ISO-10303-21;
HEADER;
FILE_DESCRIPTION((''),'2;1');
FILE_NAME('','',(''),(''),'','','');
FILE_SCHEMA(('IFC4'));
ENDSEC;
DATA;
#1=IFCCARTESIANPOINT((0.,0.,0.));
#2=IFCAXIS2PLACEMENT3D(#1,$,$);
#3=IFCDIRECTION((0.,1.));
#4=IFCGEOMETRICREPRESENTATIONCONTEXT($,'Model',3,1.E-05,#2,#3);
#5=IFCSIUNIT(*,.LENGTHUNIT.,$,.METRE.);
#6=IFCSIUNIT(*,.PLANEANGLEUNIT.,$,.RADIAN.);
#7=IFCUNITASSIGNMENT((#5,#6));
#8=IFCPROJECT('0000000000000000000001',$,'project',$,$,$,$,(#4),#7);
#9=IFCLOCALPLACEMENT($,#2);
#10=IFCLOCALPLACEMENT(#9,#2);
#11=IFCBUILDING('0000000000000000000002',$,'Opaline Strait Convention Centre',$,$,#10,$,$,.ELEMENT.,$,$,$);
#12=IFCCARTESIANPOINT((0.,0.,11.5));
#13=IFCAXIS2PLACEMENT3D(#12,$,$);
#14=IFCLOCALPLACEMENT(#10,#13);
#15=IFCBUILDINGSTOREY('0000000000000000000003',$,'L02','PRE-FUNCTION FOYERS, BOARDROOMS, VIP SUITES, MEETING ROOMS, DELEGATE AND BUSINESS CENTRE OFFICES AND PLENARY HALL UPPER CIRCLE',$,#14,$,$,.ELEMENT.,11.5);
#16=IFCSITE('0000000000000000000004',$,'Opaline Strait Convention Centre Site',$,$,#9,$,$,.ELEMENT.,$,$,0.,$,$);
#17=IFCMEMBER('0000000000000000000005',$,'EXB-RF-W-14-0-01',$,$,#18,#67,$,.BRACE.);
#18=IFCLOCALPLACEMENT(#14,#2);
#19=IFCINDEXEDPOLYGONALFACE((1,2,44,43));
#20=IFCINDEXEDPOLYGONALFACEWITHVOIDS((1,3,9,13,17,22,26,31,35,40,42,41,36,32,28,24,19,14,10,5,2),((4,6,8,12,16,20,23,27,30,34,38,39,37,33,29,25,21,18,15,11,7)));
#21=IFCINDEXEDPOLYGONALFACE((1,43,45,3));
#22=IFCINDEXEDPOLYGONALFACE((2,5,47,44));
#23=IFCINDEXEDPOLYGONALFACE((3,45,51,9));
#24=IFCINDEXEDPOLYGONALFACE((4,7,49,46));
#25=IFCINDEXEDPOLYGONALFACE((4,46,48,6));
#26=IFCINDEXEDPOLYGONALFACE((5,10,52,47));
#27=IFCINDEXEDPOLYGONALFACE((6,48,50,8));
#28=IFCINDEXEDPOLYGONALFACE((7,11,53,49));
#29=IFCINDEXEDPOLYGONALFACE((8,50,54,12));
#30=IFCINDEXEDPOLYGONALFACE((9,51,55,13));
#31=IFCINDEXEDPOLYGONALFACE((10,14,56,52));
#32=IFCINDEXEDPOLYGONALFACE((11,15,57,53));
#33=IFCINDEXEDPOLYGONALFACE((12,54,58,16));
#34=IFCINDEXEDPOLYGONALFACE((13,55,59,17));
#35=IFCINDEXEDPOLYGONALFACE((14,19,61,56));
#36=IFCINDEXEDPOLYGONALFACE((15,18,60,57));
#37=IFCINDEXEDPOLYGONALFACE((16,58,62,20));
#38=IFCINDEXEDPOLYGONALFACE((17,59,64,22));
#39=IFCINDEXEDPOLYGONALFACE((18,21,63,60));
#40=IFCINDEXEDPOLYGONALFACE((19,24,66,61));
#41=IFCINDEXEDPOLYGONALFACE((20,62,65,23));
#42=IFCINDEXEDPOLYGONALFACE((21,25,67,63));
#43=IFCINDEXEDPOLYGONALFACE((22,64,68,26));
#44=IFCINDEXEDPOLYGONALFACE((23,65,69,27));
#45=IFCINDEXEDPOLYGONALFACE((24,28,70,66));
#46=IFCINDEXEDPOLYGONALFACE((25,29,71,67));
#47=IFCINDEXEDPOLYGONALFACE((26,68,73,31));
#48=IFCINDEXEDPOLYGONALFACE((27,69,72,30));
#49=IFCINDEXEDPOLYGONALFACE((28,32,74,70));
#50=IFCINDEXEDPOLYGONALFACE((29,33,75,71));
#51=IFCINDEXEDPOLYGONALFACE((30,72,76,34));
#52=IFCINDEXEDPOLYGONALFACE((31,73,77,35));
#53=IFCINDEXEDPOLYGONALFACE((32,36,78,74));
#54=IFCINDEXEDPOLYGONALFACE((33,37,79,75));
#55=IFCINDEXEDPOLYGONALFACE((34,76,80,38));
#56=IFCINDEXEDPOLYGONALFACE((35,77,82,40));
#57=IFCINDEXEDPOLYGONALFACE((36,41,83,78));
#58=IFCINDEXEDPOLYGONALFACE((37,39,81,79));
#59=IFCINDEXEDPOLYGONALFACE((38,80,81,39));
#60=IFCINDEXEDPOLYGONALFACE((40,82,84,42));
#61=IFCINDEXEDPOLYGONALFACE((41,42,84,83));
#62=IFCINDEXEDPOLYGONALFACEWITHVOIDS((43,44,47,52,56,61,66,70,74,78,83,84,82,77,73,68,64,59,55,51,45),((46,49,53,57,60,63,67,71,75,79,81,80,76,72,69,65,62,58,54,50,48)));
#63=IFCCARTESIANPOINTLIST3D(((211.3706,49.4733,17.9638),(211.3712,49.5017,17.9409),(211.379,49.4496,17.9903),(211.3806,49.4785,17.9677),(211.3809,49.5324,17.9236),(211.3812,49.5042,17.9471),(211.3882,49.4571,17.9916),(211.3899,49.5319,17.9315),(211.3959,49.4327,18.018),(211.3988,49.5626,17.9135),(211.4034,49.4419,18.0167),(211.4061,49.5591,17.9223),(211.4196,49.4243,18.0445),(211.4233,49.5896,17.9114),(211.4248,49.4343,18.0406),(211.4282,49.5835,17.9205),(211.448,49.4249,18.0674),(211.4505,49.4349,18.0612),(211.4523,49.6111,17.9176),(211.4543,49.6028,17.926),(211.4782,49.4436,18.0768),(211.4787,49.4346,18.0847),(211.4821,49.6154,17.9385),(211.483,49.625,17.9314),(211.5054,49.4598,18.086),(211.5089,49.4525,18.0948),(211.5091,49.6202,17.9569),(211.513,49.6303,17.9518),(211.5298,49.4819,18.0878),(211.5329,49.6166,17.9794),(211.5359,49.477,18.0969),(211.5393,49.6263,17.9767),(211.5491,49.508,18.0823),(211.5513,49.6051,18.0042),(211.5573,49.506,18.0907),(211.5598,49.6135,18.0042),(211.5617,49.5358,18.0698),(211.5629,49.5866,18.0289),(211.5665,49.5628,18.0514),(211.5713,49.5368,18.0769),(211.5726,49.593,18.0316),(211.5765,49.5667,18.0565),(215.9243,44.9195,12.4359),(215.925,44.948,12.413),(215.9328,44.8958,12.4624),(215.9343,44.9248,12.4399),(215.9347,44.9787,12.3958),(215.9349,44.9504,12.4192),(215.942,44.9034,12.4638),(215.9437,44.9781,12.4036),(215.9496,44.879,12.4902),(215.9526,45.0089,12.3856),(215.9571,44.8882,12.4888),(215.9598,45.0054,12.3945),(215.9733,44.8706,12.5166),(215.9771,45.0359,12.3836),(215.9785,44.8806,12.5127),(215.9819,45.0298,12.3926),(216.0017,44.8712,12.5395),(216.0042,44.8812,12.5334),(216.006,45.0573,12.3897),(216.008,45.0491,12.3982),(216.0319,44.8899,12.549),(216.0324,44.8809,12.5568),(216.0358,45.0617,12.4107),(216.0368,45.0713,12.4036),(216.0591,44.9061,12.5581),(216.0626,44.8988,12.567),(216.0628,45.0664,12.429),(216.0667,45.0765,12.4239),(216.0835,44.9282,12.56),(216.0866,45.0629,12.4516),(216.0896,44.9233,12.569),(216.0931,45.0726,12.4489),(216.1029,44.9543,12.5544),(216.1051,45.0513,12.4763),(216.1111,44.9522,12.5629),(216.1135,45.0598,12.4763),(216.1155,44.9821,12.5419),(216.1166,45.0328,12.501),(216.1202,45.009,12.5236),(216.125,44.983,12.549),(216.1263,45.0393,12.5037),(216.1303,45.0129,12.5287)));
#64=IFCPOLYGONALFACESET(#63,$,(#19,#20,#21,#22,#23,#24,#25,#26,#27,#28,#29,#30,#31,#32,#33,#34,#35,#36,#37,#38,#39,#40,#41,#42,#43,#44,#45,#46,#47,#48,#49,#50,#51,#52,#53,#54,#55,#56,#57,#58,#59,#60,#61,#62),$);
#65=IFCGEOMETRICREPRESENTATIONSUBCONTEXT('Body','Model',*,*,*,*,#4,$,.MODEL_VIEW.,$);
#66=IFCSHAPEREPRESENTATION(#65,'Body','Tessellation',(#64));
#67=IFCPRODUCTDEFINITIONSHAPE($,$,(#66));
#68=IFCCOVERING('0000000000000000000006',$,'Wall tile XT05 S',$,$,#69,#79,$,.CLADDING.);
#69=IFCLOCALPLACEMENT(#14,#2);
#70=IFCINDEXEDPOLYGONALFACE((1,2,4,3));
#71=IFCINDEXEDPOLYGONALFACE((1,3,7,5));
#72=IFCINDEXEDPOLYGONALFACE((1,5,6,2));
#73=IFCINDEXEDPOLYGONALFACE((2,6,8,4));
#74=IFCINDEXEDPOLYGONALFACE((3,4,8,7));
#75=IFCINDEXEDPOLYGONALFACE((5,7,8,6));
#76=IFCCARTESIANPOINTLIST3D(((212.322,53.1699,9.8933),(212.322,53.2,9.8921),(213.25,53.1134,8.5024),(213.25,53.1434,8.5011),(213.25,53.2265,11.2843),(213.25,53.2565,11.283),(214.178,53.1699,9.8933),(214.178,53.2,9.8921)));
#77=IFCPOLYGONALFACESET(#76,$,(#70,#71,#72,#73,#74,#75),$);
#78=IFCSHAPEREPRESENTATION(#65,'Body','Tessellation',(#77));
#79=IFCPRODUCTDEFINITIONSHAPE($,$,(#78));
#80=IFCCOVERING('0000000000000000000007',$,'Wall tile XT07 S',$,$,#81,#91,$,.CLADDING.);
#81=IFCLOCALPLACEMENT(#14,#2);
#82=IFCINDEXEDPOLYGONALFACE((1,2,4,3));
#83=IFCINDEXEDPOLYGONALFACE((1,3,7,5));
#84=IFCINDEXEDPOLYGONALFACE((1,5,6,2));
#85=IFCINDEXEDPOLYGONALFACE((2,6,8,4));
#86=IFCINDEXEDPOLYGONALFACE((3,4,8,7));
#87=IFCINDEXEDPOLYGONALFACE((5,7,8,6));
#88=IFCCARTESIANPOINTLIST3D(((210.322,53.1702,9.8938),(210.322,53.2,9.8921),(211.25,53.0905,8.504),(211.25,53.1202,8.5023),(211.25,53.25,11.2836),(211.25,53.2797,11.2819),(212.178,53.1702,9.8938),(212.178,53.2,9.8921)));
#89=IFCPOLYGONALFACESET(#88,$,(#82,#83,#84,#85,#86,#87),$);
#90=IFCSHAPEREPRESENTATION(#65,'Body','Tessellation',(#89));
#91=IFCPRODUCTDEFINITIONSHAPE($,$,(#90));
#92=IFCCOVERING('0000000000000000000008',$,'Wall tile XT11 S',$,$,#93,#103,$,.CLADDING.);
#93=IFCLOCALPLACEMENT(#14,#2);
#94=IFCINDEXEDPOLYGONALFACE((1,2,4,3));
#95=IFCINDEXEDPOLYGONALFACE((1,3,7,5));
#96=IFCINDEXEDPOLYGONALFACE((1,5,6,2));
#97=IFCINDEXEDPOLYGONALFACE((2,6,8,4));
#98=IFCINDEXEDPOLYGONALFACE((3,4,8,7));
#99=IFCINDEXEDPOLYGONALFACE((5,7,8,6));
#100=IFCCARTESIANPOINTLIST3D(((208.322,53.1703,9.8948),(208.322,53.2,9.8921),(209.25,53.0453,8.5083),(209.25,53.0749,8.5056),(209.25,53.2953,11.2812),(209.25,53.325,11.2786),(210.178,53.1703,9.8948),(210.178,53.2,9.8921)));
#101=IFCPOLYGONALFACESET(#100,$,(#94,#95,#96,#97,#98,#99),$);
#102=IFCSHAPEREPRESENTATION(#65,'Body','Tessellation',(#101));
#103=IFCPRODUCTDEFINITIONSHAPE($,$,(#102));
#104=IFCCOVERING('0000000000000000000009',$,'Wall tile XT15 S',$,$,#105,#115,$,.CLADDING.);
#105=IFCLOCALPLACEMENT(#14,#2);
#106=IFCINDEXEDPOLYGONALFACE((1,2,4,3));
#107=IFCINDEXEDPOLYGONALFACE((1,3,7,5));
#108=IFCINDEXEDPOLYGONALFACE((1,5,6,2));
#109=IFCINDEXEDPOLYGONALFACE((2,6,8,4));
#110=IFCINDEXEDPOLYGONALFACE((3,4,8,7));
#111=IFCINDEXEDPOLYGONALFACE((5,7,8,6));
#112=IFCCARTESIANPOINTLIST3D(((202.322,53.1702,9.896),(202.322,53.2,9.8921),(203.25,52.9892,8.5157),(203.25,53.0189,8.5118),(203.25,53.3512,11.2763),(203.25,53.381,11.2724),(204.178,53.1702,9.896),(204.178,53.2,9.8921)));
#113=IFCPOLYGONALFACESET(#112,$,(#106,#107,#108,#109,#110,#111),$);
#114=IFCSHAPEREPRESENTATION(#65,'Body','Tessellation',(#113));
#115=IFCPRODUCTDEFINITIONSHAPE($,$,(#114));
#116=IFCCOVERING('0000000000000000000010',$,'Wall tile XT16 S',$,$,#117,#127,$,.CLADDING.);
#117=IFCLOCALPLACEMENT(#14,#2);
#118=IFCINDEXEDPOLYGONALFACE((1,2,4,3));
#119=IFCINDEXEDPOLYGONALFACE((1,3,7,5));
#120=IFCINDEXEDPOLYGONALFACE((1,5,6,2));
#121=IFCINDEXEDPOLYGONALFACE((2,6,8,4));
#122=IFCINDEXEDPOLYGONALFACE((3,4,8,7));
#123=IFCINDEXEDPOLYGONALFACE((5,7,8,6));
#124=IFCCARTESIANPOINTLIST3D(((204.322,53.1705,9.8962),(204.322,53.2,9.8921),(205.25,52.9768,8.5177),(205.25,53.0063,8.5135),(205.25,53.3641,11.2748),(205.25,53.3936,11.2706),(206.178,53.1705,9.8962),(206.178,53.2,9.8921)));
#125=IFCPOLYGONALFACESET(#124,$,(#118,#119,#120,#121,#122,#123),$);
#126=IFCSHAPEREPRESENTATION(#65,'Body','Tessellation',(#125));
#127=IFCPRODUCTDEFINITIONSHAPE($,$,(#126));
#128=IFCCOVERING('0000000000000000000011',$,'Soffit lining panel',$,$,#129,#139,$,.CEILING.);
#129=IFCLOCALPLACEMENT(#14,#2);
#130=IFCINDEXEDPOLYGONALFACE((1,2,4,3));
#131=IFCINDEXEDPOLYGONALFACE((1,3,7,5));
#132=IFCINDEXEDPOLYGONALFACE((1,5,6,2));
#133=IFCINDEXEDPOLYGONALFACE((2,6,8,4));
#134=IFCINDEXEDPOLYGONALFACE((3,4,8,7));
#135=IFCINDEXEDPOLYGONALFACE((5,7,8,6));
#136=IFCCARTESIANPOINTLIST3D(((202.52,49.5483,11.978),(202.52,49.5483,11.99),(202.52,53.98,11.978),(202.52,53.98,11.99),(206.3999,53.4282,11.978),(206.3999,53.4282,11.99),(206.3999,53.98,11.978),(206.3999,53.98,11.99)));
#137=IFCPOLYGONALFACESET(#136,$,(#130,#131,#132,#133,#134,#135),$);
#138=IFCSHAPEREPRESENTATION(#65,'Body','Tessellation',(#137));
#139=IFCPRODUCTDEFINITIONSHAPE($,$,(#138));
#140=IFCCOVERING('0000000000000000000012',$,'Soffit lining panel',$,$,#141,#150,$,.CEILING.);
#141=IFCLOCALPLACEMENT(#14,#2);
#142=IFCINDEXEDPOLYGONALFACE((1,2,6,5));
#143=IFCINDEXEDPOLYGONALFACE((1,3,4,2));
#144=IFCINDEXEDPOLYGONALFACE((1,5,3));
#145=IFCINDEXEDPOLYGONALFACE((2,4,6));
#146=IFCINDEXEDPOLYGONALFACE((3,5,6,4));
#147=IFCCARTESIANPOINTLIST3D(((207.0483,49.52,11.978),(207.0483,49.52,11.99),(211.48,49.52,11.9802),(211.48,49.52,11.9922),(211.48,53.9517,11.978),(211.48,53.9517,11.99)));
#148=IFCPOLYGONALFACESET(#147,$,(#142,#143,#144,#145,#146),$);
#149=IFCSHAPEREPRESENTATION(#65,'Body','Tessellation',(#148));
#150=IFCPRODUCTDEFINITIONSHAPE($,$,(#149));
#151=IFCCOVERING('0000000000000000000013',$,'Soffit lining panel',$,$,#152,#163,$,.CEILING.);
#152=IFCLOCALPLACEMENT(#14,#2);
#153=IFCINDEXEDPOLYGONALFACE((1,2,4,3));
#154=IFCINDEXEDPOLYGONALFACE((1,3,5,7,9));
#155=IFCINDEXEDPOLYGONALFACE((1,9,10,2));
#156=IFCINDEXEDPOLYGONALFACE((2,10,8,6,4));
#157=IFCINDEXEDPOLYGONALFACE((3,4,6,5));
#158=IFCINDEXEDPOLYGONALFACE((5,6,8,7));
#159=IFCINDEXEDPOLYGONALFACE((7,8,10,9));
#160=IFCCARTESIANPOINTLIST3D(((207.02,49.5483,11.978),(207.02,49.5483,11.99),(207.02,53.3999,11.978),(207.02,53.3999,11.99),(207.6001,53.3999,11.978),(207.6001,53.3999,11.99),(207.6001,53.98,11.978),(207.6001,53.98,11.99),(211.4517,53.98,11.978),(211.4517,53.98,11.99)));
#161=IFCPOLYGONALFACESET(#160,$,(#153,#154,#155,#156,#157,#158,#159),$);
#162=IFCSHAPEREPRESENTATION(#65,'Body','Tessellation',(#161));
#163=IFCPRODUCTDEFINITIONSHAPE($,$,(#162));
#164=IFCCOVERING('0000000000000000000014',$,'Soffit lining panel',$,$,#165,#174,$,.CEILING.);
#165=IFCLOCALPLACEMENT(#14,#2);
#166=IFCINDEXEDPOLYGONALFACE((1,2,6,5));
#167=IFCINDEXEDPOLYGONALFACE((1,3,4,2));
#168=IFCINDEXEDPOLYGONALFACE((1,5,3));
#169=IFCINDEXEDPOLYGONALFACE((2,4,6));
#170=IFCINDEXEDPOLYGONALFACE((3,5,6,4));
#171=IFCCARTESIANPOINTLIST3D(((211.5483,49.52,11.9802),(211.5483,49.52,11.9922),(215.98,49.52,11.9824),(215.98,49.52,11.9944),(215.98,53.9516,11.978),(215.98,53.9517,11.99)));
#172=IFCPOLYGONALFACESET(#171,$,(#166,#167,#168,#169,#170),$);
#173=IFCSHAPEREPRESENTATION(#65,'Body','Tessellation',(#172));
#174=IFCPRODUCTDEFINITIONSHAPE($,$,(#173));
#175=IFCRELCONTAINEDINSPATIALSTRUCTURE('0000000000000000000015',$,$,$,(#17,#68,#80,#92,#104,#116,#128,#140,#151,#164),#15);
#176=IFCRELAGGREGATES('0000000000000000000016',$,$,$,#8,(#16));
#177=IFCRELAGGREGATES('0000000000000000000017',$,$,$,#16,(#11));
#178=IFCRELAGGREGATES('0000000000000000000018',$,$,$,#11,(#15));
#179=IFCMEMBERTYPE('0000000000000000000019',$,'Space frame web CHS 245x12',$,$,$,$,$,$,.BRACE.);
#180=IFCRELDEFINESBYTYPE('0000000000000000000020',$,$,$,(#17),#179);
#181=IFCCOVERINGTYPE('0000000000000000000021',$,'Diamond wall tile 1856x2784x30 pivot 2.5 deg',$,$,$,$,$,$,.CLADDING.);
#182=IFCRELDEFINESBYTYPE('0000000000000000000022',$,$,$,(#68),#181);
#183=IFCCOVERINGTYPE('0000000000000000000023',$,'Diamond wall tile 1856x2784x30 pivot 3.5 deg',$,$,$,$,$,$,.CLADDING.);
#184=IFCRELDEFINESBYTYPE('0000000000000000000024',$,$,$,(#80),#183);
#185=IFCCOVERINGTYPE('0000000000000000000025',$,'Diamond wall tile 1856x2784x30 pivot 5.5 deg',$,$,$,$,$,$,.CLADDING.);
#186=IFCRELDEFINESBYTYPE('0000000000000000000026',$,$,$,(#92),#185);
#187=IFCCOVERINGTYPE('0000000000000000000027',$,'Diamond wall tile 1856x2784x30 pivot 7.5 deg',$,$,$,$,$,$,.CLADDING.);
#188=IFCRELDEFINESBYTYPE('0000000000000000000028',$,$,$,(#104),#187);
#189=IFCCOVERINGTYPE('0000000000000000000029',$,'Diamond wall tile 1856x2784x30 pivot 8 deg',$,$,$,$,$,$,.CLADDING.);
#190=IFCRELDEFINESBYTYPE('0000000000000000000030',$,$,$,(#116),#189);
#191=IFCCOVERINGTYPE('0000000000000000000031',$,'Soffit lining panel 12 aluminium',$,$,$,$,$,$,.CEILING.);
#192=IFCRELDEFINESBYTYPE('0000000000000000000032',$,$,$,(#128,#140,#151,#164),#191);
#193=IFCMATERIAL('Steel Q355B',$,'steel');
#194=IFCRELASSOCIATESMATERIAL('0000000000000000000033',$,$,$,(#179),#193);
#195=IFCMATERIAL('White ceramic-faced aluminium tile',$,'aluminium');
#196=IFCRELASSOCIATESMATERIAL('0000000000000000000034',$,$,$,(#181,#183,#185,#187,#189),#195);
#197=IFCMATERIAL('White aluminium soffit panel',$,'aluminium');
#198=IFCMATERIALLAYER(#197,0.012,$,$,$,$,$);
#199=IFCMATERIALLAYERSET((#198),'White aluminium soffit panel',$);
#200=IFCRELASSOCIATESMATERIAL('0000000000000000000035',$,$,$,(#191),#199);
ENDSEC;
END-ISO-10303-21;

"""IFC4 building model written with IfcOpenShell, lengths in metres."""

from ifc_helpers import new_model, si_unit, direction, frame, origin, origin_2d, place, context, subcontext, project, spatial, polyline, hollow_circle, outline, extrude, material, layer, layer_set, material_profile, profile_set, type_object, element, save


model = new_model("IFC4")

# Units and contexts
model_context = context("Model", 3, precision=1e-05, world=origin(), true_north=direction((0.0, 1.0)))
body_context = subcontext(model_context, "Body", "Model", "MODEL_VIEW")
ifc_project = project(units=[si_unit("LENGTHUNIT", "METRE"), si_unit("PLANEANGLEUNIT", "RADIAN")], contexts=[model_context])

# Site, building, storey
site_placement = place(None, origin())
site = spatial("IfcSite", under=ifc_project, at=site_placement, Name="Opaline Strait Convention Centre Site", CompositionType="ELEMENT", RefElevation=0.0)
building_placement = place(site_placement, origin())
building = spatial("IfcBuilding", under=site, at=building_placement, Name="Opaline Strait Convention Centre", CompositionType="ELEMENT")
storey_placement = place(building_placement, frame((0.0, 0.0, 11.5)))
storey = spatial("IfcBuildingStorey", under=building, at=storey_placement, Name="L02", Description="PRE-FUNCTION FOYERS, BOARDROOMS, VIP SUITES, MEETING ROOMS, DELEGATE AND BUSINESS CENTRE OFFICES AND PLENARY HALL UPPER CIRCLE", CompositionType="ELEMENT", Elevation=11.5)

# Member
ifc_material_1 = material(Name="Steel Q355B", Category="steel")
ifc_material_profile_1 = material_profile(ifc_material_1, hollow_circle(Radius=0.1226, WallThickness=0.012, at=origin_2d()), Name="CHS 245x12")
ifc_profile_set_1 = profile_set([ifc_material_profile_1], Name="Steel Q355B")
member_type_1 = type_object("IfcMemberType", Name="Space frame web CHS 245x12", PredefinedType="BRACE", material=ifc_profile_set_1)
member_1_placement = place(storey_placement, frame((211.4731, 49.5269, 18.0042), z_axis=(0.53655, -0.53655, -0.651328), x_axis=(0.707107, 0.707107, 0.0)))
element("IfcMember", 1, at=member_1_placement, inside=storey, type_object=member_type_1, Name="EXB-RF-W-14-0-01", PredefinedType="BRACE", context=body_context, shape_type="SweptSolid", body=[
    extrude(hollow_circle(Radius=0.1226, WallThickness=0.012, at=origin_2d()), origin(), (0.0, 0.0, 1.0), 8.4871),
])

# Coverings
ifc_material_2 = material(Name="White ceramic-faced aluminium tile", Category="aluminium")
ifc_material_profile_2 = material_profile(ifc_material_2, outline(polyline([(0.928, 0.0), (0.0, 1.3921), (-0.928, 0.0), (0.0, -1.3921), (0.928, 0.0)])), Name="Diamond tile 1856x2784")
ifc_profile_set_2 = profile_set([ifc_material_profile_2], Name="White ceramic-faced aluminium tile")
covering_type_1 = type_object("IfcCoveringType", Name="Diamond wall tile 1856x2784x30 pivot 2.5 deg", PredefinedType="CLADDING", material=ifc_profile_set_2)
covering_1_placement = place(storey_placement, frame((213.25, 53.2, 9.8921), z_axis=(0.0, -0.999175, 0.040617), x_axis=(1.0, 0.0, 0.0)))
element("IfcCovering", 2, at=covering_1_placement, inside=storey, type_object=covering_type_1, Name="Wall tile XT05 S", PredefinedType="CLADDING", context=body_context, shape_type="SweptSolid", body=[
    extrude(outline(polyline([(0.928, 0.0), (0.0, 1.3921), (-0.928, 0.0), (0.0, -1.3921), (0.928, 0.0)])), origin(), (0.0, 0.0, 1.0), 0.03),
])
ifc_material_profile_3 = material_profile(ifc_material_2, outline(polyline([(0.928, 0.0), (0.0, 1.3921), (-0.928, 0.0), (0.0, -1.3921), (0.928, 0.0)])), Name="Diamond tile 1856x2784")
ifc_profile_set_3 = profile_set([ifc_material_profile_3], Name="White ceramic-faced aluminium tile")
covering_type_2 = type_object("IfcCoveringType", Name="Diamond wall tile 1856x2784x30 pivot 3.5 deg", PredefinedType="CLADDING", material=ifc_profile_set_3)
covering_2_placement = place(storey_placement, frame((211.25, 53.2, 9.8921), z_axis=(0.0, -0.998358, 0.057283), x_axis=(1.0, 0.0, 0.0)))
element("IfcCovering", 3, at=covering_2_placement, inside=storey, type_object=covering_type_2, Name="Wall tile XT07 S", PredefinedType="CLADDING", context=body_context, shape_type="SweptSolid", body=[
    extrude(outline(polyline([(0.928, 0.0), (0.0, 1.3921), (-0.928, 0.0), (0.0, -1.3921), (0.928, 0.0)])), origin(), (0.0, 0.0, 1.0), 0.0298),
])
ifc_material_profile_4 = material_profile(ifc_material_2, outline(polyline([(0.928, 0.0), (0.0, 1.3921), (-0.928, 0.0), (0.0, -1.3921), (0.928, 0.0)])), Name="Diamond tile 1856x2784")
ifc_profile_set_4 = profile_set([ifc_material_profile_4], Name="White ceramic-faced aluminium tile")
covering_type_3 = type_object("IfcCoveringType", Name="Diamond wall tile 1856x2784x30 pivot 5.5 deg", PredefinedType="CLADDING", material=ifc_profile_set_4)
covering_3_placement = place(storey_placement, frame((209.25, 53.2, 9.8921), z_axis=(0.0, -0.99596, 0.0898), x_axis=(1.0, 0.0, 0.0)))
element("IfcCovering", 4, at=covering_3_placement, inside=storey, type_object=covering_type_3, Name="Wall tile XT11 S", PredefinedType="CLADDING", context=body_context, shape_type="SweptSolid", body=[
    extrude(outline(polyline([(0.928, 0.0), (0.0, 1.3921), (-0.928, 0.0), (0.0, -1.3921), (0.928, 0.0)])), origin(), (0.0, 0.0, 1.0), 0.0298),
])
ifc_material_profile_5 = material_profile(ifc_material_2, outline(polyline([(0.928, 0.0), (0.0, 1.3921), (-0.928, 0.0), (0.0, -1.3921), (0.928, 0.0)])), Name="Diamond tile 1856x2784")
ifc_profile_set_5 = profile_set([ifc_material_profile_5], Name="White ceramic-faced aluminium tile")
covering_type_4 = type_object("IfcCoveringType", Name="Diamond wall tile 1856x2784x30 pivot 7.5 deg", PredefinedType="CLADDING", material=ifc_profile_set_5)
covering_4_placement = place(storey_placement, frame((203.25, 53.2, 9.8921), z_axis=(0.0, -0.99151, 0.130034), x_axis=(1.0, 0.0, 0.0)))
element("IfcCovering", 5, at=covering_4_placement, inside=storey, type_object=covering_type_4, Name="Wall tile XT15 S", PredefinedType="CLADDING", context=body_context, shape_type="SweptSolid", body=[
    extrude(outline(polyline([(0.928, 0.0), (0.0, 1.3921), (-0.928, 0.0), (0.0, -1.3921), (0.928, 0.0)])), origin(), (0.0, 0.0, 1.0), 0.03),
])
ifc_material_profile_6 = material_profile(ifc_material_2, outline(polyline([(0.928, 0.0), (0.0, 1.3921), (-0.928, 0.0), (0.0, -1.3921), (0.928, 0.0)])), Name="Diamond tile 1856x2784")
ifc_profile_set_6 = profile_set([ifc_material_profile_6], Name="White ceramic-faced aluminium tile")
covering_type_5 = type_object("IfcCoveringType", Name="Diamond wall tile 1856x2784x30 pivot 8 deg", PredefinedType="CLADDING", material=ifc_profile_set_6)
covering_5_placement = place(storey_placement, frame((205.25, 53.2, 9.8921), z_axis=(0.0, -0.990274, 0.139129), x_axis=(1.0, 0.0, 0.0)))
element("IfcCovering", 6, at=covering_5_placement, inside=storey, type_object=covering_type_5, Name="Wall tile XT16 S", PredefinedType="CLADDING", context=body_context, shape_type="SweptSolid", body=[
    extrude(outline(polyline([(0.928, 0.0), (0.0, 1.3921), (-0.928, 0.0), (0.0, -1.3921), (0.928, 0.0)])), origin(), (0.0, 0.0, 1.0), 0.0298),
])
ifc_material_3 = material(Name="White aluminium soffit panel", Category="aluminium")
ifc_layer = layer(ifc_material_3, 0.012)
ifc_layer_set = layer_set([ifc_layer], Name="White aluminium soffit panel")
covering_type_6 = type_object("IfcCoveringType", Name="Soffit lining panel 12 aluminium", PredefinedType="CEILING", material=ifc_layer_set)
covering_6_placement = place(storey_placement, frame((202.52, 49.5483, 11.99), z_axis=(0.0, 0.0, 1.0), x_axis=(0.0, 1.0, 0.0)))
element("IfcCovering", 7, at=covering_6_placement, inside=storey, type_object=covering_type_6, Name="Soffit lining panel", PredefinedType="CEILING", context=body_context, shape_type="SweptSolid", body=[
    extrude(outline(polyline([(0.0, 0.0), (4.4316, 0.0), (4.4316, -3.8799), (3.8799, -3.8799), (0.0, 0.0)])), origin(), (0.0, 0.0, -1.0), 0.012),
])
covering_7_placement = place(storey_placement, frame((207.0483, 49.52, 11.99), z_axis=(-0.000496, 0.000496, 1.0), x_axis=(0.707107, 0.707107, 0.0)))
element("IfcCovering", 8, at=covering_7_placement, inside=storey, type_object=covering_type_6, Name="Soffit lining panel", PredefinedType="CEILING", context=body_context, shape_type="SweptSolid", body=[
    extrude(outline(polyline([(0.0, 0.0), (6.2673, 0.0), (3.1336, -3.1336), (0.0, 0.0)])), origin(), (0.0, 0.0, -1.0), 0.012),
])
covering_8_placement = place(storey_placement, frame((207.6001, 53.3999, 11.99), z_axis=(0.0, 0.0, 1.0), x_axis=(0.0, 1.0, 0.0)))
element("IfcCovering", 9, at=covering_8_placement, inside=storey, type_object=covering_type_6, Name="Soffit lining panel", PredefinedType="CEILING", context=body_context, shape_type="SweptSolid", body=[
    extrude(outline(polyline([(0.0, 0.0), (0.5801, 0.0), (0.5801, -3.8516), (-3.8516, 0.5801), (0.0, 0.5801), (0.0, 0.0)])), origin(), (0.0, 0.0, -1.0), 0.012),
])
covering_9_placement = place(storey_placement, frame((211.5483, 49.52, 11.9922), z_axis=(-0.000496, 0.000992, 0.999999), x_axis=(0.707107, 0.707107, -0.000351)))
element("IfcCovering", 10, at=covering_9_placement, inside=storey, type_object=covering_type_6, Name="Soffit lining panel", PredefinedType="CEILING", context=body_context, shape_type="SweptSolid", body=[
    extrude(outline(polyline([(0.0, 0.0), (6.2673, 0.0), (3.1336, -3.1336), (0.0, 0.0)])), origin(), (0.0, 0.0, -1.0), 0.012),
])

save(model, "model.ifc")
